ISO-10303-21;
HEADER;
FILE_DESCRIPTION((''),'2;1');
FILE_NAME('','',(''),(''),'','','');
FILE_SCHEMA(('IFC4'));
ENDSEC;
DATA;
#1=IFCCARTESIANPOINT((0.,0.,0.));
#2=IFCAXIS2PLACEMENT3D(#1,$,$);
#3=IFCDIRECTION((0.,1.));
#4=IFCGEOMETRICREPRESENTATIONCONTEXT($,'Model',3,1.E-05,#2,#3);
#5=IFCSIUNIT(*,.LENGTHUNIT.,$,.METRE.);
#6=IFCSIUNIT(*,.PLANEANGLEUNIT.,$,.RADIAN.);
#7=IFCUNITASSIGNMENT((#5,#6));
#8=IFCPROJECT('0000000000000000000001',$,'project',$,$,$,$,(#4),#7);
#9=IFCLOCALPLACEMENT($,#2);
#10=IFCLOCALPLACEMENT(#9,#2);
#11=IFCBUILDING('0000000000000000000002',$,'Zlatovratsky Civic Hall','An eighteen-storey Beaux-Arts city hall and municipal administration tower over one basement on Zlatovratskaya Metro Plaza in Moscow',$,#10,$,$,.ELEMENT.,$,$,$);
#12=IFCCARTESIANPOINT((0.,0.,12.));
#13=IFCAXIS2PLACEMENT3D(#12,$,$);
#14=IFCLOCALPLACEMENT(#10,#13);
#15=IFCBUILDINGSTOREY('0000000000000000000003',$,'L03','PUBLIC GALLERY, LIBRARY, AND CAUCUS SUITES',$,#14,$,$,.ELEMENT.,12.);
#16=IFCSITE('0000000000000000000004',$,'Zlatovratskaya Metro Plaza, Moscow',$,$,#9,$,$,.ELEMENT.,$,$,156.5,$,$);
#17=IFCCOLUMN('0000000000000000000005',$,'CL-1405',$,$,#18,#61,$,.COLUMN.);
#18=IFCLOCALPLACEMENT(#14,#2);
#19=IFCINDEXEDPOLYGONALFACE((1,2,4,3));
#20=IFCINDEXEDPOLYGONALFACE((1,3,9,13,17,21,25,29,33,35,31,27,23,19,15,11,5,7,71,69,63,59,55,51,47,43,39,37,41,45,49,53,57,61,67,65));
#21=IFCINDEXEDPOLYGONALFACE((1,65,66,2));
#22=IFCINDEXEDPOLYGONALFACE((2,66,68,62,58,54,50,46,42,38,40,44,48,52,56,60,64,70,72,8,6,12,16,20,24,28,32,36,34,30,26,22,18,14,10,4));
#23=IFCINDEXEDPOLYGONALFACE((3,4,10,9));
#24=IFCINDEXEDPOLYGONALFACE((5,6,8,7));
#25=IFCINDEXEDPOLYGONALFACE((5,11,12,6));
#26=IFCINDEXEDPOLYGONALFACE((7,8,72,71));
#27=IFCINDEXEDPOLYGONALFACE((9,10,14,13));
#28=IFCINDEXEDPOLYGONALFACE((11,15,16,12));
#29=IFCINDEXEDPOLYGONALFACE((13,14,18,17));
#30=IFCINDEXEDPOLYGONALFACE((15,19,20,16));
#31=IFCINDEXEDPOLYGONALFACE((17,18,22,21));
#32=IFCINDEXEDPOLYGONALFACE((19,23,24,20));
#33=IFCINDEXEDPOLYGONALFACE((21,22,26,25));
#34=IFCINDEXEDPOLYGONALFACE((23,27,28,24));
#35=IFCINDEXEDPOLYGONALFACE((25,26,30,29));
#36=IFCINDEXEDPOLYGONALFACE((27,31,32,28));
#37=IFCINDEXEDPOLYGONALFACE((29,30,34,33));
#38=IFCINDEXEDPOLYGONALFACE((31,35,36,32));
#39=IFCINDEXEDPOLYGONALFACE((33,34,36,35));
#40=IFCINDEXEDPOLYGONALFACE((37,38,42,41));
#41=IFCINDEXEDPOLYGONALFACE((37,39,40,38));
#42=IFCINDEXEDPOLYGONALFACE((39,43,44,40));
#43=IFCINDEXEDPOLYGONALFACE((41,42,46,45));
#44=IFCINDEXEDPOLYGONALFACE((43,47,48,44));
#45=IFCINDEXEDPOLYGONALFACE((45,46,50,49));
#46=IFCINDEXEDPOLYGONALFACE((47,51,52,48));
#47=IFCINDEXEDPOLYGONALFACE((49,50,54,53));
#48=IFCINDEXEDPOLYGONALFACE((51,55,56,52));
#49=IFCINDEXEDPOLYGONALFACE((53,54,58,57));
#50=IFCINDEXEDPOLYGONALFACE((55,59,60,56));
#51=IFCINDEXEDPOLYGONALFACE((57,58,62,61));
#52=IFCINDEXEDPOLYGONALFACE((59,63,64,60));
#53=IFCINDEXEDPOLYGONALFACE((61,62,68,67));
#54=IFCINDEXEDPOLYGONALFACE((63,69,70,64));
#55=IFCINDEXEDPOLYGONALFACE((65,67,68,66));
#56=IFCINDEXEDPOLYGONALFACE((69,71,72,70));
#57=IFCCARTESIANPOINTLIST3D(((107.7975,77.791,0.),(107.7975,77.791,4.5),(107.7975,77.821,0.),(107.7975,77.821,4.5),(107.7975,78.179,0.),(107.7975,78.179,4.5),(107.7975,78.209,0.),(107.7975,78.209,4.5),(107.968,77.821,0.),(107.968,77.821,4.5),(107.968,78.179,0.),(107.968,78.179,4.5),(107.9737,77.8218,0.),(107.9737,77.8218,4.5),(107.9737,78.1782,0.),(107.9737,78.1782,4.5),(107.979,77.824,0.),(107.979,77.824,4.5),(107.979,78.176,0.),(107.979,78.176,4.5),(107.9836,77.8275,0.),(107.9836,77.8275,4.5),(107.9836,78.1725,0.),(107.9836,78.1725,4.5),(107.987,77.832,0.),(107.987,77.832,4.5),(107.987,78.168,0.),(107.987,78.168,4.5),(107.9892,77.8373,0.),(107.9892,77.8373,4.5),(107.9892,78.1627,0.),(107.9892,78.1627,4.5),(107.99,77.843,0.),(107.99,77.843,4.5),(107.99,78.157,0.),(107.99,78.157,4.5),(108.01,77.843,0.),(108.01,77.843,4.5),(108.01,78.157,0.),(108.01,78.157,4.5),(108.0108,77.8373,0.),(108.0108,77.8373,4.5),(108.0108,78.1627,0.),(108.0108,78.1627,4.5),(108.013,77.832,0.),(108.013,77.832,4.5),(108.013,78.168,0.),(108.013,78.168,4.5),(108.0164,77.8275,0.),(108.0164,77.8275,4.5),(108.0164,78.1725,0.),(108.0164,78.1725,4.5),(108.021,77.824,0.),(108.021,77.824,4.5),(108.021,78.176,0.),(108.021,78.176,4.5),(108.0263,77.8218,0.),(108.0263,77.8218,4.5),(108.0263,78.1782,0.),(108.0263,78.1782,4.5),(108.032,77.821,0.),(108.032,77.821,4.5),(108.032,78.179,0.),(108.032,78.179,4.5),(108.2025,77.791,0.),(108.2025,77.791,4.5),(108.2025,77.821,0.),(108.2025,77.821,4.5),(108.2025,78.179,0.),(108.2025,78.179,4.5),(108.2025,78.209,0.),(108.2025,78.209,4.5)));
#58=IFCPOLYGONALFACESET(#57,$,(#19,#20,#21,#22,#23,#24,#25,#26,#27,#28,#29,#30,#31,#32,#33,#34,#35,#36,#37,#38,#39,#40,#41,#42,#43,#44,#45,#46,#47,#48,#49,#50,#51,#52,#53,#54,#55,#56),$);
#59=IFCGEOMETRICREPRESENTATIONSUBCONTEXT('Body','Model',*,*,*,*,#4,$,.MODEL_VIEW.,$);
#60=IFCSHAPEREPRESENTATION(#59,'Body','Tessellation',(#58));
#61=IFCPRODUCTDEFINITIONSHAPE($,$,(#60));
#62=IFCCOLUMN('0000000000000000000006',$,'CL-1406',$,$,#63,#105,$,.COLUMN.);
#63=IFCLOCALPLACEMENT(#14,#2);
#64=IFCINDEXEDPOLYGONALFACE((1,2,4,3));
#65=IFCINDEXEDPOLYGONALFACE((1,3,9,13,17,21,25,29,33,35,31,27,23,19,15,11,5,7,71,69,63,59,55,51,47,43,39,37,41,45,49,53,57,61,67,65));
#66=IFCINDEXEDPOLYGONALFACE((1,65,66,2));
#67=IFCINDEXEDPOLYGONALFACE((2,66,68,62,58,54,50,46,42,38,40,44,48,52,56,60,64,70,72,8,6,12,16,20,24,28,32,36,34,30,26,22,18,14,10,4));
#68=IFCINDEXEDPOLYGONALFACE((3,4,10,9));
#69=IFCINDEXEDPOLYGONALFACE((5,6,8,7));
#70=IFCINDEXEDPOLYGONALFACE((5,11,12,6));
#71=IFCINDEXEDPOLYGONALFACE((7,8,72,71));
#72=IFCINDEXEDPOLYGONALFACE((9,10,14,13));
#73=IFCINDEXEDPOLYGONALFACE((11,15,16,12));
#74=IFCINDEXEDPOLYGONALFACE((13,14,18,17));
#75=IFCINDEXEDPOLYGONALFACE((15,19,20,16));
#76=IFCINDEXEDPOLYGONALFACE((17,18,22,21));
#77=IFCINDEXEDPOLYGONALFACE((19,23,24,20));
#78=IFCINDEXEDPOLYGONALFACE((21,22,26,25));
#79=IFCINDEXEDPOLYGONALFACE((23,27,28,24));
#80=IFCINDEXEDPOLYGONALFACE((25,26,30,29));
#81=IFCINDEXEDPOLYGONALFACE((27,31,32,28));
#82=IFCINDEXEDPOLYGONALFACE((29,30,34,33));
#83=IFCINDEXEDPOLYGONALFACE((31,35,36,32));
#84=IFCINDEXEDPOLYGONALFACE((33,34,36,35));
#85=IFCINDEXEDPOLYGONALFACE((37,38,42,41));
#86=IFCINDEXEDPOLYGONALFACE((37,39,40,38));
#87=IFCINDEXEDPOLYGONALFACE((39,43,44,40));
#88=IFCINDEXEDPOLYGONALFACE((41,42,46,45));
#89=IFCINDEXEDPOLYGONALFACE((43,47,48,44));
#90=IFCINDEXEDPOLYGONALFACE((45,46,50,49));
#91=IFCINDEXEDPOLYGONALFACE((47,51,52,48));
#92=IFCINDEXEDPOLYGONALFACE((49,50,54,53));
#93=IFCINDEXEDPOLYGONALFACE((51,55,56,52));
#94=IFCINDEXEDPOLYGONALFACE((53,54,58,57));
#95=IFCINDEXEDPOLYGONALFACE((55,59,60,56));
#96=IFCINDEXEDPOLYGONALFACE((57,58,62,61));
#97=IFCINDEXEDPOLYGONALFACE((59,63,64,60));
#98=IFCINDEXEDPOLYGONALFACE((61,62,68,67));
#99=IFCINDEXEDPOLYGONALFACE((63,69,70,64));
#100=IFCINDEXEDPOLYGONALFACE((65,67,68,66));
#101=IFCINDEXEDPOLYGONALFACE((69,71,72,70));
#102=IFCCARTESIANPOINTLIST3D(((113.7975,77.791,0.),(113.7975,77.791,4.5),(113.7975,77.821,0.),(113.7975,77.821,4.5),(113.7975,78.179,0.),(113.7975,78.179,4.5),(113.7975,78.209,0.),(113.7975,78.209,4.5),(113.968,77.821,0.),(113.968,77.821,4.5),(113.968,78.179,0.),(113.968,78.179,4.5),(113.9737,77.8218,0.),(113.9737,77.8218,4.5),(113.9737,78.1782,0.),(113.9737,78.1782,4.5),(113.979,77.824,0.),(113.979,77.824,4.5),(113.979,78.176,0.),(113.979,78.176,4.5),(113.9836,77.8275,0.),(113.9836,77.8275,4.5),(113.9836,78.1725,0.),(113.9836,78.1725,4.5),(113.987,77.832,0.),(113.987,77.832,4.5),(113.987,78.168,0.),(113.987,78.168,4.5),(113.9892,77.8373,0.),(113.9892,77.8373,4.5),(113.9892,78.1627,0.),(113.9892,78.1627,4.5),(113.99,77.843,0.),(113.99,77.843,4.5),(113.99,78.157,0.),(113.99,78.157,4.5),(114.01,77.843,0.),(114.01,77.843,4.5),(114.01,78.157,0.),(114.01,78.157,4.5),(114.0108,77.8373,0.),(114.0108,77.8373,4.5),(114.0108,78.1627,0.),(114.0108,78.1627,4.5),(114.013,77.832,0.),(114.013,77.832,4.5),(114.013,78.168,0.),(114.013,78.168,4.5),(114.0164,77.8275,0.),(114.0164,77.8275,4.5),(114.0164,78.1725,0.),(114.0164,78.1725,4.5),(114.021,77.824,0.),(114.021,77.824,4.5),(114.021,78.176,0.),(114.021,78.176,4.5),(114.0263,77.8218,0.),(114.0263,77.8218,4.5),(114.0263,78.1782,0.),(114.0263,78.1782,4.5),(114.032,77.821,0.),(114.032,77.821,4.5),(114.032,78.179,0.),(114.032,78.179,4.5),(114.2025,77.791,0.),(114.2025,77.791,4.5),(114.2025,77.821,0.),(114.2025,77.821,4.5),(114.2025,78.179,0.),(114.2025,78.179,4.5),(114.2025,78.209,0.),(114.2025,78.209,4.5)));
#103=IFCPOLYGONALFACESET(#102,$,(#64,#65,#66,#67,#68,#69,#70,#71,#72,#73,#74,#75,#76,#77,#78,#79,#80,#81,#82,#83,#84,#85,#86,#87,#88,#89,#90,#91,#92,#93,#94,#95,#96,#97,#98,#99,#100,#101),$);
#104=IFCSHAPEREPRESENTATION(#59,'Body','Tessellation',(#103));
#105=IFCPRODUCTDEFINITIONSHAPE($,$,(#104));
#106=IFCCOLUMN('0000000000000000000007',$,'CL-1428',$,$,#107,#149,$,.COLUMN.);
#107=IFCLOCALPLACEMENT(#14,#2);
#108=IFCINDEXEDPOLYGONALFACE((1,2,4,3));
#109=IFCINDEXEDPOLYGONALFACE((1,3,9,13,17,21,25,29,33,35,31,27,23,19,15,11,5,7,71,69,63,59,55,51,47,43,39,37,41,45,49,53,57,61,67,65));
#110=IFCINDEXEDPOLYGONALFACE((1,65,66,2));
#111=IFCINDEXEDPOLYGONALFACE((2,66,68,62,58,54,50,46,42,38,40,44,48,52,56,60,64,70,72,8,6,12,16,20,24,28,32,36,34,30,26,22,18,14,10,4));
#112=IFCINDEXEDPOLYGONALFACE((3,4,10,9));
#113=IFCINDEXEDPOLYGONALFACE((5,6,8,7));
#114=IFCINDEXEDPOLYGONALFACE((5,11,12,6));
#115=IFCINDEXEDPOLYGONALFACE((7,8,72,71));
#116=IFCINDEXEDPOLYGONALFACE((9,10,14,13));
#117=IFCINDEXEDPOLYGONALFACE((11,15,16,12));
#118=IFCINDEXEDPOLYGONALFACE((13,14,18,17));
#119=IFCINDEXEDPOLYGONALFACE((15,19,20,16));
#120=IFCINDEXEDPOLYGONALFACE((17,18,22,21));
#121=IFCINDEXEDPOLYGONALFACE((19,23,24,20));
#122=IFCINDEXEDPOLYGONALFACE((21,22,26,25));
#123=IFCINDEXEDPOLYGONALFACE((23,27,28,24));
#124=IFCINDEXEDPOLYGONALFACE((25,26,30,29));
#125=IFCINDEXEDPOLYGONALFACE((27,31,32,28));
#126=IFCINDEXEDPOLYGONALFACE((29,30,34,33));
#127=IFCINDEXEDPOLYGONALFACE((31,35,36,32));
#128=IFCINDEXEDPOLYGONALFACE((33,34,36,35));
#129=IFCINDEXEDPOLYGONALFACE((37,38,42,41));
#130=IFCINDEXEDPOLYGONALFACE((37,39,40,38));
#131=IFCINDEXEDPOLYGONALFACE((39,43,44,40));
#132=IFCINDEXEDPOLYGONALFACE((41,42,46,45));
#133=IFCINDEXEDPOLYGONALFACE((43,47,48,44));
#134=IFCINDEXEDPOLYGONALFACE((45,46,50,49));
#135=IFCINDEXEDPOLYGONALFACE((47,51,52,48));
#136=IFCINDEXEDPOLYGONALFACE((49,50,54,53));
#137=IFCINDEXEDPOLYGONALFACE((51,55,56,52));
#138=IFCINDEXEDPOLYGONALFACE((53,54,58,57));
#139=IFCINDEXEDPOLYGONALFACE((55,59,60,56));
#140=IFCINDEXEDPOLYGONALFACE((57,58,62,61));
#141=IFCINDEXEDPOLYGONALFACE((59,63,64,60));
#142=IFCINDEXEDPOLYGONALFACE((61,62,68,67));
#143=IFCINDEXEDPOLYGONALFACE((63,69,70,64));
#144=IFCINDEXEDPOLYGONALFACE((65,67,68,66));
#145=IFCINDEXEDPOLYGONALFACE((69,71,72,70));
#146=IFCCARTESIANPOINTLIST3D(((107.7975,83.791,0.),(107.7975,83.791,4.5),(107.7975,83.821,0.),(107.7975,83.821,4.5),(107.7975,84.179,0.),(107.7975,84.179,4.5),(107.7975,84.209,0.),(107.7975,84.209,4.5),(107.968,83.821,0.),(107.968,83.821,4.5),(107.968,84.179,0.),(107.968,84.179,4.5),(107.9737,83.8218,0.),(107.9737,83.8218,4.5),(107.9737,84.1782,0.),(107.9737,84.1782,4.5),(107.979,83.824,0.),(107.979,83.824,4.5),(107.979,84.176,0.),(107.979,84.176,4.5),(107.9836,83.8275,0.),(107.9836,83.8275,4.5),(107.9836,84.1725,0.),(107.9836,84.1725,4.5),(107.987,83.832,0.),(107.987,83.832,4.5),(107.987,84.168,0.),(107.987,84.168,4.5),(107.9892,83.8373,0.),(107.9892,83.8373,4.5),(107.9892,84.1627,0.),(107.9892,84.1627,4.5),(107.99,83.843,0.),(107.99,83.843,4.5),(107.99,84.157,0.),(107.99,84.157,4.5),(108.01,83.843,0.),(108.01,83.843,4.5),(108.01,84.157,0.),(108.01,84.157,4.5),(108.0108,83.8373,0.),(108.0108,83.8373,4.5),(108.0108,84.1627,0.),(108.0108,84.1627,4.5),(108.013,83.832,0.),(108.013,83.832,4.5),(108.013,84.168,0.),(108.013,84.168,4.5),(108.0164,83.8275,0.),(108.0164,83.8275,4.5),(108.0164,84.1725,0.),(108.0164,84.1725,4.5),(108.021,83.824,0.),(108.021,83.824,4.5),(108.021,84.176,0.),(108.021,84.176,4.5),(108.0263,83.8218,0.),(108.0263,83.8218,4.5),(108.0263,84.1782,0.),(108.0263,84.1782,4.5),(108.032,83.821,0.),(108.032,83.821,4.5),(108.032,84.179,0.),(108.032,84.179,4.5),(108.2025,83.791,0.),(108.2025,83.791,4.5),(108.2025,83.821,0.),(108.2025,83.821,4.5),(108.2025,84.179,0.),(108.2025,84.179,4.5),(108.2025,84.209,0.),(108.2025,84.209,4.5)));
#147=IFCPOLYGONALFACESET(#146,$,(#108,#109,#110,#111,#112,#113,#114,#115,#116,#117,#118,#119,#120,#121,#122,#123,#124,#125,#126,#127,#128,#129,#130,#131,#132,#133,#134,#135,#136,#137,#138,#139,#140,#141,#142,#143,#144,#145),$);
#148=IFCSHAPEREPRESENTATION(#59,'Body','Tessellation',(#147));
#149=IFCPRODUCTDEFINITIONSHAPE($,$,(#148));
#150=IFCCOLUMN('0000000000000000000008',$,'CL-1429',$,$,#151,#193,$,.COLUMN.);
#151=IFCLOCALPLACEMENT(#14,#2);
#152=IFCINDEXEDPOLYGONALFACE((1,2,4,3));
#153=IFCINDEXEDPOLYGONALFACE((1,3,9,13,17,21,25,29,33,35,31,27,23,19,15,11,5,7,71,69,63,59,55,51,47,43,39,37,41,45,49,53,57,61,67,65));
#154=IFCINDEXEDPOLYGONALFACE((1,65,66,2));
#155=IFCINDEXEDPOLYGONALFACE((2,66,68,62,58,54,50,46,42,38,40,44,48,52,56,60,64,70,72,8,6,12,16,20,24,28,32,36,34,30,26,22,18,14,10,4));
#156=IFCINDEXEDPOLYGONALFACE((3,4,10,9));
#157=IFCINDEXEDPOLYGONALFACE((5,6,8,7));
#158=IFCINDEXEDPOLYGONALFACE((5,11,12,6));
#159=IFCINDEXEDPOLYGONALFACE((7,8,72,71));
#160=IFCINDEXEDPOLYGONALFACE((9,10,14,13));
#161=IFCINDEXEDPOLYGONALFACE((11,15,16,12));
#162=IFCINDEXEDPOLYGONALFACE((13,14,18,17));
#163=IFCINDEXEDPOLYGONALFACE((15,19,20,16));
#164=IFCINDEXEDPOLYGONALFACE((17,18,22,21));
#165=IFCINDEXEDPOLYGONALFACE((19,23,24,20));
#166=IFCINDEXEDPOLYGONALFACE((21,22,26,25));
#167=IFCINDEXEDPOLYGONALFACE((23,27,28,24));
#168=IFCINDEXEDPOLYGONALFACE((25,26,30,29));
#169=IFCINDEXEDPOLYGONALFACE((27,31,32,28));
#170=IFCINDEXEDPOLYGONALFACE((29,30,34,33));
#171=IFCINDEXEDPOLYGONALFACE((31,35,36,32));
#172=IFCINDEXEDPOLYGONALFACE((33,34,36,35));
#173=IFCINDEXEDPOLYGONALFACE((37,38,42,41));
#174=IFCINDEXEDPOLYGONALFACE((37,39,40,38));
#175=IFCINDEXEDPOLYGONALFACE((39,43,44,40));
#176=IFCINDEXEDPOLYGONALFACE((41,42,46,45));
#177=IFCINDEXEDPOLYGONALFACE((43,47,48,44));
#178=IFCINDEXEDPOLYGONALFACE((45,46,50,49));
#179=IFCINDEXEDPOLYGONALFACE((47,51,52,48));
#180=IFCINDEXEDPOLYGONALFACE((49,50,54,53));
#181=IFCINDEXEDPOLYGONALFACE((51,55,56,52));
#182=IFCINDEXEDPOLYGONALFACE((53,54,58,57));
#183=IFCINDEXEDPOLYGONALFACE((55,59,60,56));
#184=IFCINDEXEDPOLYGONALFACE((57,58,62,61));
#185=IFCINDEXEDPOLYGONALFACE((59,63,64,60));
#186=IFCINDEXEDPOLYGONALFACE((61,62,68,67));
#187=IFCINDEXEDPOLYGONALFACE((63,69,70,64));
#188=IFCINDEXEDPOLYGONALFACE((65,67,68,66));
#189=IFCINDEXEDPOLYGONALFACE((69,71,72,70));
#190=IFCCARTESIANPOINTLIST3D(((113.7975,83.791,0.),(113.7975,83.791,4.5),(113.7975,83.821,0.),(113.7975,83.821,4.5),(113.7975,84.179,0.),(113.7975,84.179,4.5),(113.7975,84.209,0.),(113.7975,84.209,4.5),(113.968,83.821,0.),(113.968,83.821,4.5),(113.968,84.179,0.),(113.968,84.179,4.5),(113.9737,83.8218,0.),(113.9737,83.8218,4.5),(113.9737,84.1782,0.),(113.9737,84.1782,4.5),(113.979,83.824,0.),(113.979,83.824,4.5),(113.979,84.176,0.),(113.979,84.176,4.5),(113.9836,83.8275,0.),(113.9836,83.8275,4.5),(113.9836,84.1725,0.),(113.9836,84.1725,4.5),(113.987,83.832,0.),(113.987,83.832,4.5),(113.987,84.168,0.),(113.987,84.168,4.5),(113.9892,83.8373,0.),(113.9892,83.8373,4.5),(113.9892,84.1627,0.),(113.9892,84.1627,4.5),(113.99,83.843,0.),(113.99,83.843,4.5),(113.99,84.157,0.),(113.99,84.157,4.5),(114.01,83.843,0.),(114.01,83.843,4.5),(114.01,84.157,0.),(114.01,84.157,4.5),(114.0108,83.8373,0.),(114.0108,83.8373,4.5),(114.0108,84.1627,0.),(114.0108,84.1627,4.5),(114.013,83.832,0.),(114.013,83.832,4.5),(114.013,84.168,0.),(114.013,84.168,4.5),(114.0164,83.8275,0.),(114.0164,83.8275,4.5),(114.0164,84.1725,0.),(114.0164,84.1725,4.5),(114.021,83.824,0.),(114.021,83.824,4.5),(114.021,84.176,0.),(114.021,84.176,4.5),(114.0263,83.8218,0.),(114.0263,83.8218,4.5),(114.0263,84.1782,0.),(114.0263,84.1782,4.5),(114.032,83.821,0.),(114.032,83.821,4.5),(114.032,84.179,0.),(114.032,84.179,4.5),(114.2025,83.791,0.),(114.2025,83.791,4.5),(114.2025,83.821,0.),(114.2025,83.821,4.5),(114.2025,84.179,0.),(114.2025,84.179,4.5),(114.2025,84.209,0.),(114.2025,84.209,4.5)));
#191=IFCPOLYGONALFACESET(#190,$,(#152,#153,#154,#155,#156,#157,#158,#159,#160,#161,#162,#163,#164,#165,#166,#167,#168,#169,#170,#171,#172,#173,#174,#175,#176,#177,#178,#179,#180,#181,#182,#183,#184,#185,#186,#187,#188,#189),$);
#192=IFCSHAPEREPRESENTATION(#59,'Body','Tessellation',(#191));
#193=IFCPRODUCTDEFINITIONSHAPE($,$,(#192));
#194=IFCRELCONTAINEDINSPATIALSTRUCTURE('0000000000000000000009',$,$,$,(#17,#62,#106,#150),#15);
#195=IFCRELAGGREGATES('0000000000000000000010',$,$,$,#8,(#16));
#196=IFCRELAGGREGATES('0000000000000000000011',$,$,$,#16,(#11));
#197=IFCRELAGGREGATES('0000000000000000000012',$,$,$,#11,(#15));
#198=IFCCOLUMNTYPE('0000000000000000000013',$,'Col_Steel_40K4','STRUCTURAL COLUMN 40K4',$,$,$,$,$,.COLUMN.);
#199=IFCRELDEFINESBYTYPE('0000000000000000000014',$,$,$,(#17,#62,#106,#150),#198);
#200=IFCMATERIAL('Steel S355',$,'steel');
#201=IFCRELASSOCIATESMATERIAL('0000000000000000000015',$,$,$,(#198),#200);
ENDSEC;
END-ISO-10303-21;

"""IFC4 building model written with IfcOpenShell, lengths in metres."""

from ifc_helpers import new_model, si_unit, direction, frame, origin, origin_2d, place, context, subcontext, project, spatial, i_section, extrude, material, material_profile, profile_set, type_object, element, save


model = new_model("IFC4")

# Units and contexts
model_context = context("Model", 3, precision=1e-05, world=origin(), true_north=direction((0.0, 1.0)))
body_context = subcontext(model_context, "Body", "Model", "MODEL_VIEW")
ifc_project = project(units=[si_unit("LENGTHUNIT", "METRE"), si_unit("PLANEANGLEUNIT", "RADIAN")], contexts=[model_context])

# Site, building, storey
site_placement = place(None, origin())
site = spatial("IfcSite", under=ifc_project, at=site_placement, Name="Zlatovratskaya Metro Plaza, Moscow", CompositionType="ELEMENT", RefElevation=156.5)
building_placement = place(site_placement, origin())
building = spatial("IfcBuilding", under=site, at=building_placement, Name="Zlatovratsky Civic Hall", Description="An eighteen-storey Beaux-Arts city hall and municipal administration tower over one basement on Zlatovratskaya Metro Plaza in Moscow", CompositionType="ELEMENT")
storey_placement = place(building_placement, frame((0.0, 0.0, 12.0)))
storey = spatial("IfcBuildingStorey", under=building, at=storey_placement, Name="L03", Description="PUBLIC GALLERY, LIBRARY, AND CAUCUS SUITES", CompositionType="ELEMENT", Elevation=12.0)

# Columns
ifc_material_1 = material(Name="Steel S355", Category="steel")
ifc_material_profile_1 = material_profile(ifc_material_1, i_section(OverallWidth=0.405, OverallDepth=0.418, WebThickness=0.02, FlangeThickness=0.03, FilletRadius=0.022, at=origin_2d()), Name="40K4")
ifc_profile_set_1 = profile_set([ifc_material_profile_1], Name="Steel S355")
column_type_1 = type_object("IfcColumnType", Name="Col_Steel_40K4", Description="STRUCTURAL COLUMN 40K4", PredefinedType="COLUMN", material=ifc_profile_set_1)
for number, where, z_axis, x_axis, name in (
    (1, (108.0, 78.0, 0.0), (0.0, 0.0, 1.0), (1.0, 0.0, 0.0), "CL-1405"),
    (2, (114.0, 78.0, 0.0), (0.0, 0.0, 1.0), (1.0, 0.0, 0.0), "CL-1406"),
    (3, (108.0, 84.0, 0.0), (0.0, 0.0, 1.0), (1.0, 0.0, 0.0), "CL-1428"),
    (4, (114.0, 84.0, 0.0), (0.0, 0.0, 1.0), (1.0, 0.0, 0.0), "CL-1429"),
):
    element("IfcColumn", number, at=place(storey_placement, frame(where, z_axis=z_axis, x_axis=x_axis)), inside=storey, type_object=column_type_1, Name=name, PredefinedType="COLUMN", context=body_context, shape_type="SweptSolid", body=[
        extrude(i_section(OverallWidth=0.405, OverallDepth=0.418, WebThickness=0.02, FlangeThickness=0.03, FilletRadius=0.022, at=origin_2d()), origin(), (0.0, 0.0, 1.0), 4.5),
    ])

save(model, "model.ifc")
